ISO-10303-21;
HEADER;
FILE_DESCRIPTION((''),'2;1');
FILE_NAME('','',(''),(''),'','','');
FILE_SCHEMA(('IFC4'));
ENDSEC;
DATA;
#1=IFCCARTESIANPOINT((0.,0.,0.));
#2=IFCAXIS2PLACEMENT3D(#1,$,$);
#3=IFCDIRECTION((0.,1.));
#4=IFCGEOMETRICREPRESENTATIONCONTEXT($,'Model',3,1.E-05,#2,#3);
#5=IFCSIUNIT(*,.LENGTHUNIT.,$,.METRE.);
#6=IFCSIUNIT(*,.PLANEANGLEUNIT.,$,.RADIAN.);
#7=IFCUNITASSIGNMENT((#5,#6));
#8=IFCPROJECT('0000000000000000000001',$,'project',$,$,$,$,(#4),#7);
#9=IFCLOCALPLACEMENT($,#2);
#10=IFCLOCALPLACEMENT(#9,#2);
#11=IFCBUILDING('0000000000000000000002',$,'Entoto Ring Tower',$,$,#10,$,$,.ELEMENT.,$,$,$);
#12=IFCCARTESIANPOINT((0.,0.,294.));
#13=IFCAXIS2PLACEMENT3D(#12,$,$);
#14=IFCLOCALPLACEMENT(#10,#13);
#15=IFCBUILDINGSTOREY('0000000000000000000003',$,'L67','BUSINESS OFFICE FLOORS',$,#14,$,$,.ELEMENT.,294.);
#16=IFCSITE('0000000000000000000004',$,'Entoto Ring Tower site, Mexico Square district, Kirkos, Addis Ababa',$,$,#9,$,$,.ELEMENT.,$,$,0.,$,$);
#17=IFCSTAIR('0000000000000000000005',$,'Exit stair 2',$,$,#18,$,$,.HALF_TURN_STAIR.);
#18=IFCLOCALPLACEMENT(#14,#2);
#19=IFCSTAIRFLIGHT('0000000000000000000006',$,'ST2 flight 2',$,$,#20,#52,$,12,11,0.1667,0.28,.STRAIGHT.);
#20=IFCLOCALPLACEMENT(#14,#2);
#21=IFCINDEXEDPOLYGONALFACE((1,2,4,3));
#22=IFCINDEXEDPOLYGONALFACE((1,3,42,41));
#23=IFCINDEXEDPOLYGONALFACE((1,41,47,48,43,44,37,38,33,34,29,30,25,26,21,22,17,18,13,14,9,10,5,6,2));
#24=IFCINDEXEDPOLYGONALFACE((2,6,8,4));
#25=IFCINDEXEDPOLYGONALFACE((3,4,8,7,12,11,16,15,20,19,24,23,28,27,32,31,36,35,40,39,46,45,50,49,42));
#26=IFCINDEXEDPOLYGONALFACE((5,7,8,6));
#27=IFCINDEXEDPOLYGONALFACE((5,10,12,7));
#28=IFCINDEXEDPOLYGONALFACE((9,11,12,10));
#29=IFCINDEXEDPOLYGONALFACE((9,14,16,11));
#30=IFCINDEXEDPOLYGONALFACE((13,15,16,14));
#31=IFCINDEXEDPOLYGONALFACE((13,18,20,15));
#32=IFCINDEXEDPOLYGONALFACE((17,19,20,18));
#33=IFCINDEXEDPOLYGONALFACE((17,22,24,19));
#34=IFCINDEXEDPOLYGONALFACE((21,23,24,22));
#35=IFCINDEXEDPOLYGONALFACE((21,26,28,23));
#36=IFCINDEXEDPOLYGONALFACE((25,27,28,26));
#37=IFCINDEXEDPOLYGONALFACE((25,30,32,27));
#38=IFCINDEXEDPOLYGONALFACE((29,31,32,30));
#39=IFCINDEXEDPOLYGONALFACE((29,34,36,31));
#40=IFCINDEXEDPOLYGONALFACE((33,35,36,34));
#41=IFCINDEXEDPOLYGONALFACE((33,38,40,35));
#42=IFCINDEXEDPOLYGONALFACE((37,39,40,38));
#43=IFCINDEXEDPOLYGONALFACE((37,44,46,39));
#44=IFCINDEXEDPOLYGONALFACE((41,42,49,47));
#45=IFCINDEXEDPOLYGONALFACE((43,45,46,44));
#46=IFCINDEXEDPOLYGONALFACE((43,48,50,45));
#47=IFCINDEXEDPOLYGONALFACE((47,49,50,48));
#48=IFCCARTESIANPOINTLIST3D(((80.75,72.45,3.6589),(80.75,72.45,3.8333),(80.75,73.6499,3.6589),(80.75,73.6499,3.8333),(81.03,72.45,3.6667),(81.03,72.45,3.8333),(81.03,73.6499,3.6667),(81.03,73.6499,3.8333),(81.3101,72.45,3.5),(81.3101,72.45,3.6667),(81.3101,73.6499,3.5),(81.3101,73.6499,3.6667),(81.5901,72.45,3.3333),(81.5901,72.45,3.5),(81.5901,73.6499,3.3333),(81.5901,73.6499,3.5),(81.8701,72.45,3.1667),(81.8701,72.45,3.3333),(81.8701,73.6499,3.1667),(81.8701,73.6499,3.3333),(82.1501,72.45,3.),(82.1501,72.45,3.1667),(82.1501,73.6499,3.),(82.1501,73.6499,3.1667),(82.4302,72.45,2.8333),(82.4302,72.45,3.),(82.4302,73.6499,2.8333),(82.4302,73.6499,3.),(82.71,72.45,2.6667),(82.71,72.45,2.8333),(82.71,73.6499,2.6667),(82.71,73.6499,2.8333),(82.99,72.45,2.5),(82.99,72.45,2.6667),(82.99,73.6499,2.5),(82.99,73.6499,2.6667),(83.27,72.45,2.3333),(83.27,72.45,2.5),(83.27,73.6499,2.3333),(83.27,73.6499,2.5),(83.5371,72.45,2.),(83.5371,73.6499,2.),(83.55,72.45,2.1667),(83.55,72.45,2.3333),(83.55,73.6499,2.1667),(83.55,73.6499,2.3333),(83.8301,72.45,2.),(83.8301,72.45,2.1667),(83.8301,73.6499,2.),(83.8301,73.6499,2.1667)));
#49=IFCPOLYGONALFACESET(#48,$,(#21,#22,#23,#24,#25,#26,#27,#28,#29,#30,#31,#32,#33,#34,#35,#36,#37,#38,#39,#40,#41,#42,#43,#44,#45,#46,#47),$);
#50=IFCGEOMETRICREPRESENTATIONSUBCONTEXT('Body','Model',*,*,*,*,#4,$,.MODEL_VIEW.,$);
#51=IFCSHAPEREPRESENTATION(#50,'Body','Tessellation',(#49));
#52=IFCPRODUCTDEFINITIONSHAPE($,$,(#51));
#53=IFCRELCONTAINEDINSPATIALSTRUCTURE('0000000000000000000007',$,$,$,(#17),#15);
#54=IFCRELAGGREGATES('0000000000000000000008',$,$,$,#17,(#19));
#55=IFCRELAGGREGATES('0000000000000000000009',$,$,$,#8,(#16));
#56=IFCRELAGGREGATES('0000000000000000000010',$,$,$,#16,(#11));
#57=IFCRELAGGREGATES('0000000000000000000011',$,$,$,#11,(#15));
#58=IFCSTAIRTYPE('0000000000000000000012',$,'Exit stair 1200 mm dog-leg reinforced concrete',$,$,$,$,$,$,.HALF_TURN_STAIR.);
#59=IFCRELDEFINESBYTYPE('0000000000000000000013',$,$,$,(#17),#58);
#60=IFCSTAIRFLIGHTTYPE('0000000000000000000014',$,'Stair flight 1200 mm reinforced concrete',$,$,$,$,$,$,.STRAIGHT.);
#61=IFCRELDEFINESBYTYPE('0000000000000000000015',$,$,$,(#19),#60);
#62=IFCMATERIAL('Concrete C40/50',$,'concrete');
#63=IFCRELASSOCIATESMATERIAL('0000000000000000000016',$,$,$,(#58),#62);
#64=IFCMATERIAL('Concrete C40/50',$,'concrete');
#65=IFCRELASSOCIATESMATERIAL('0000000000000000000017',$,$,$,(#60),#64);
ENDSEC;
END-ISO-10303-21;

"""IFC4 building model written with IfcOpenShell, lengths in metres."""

from ifc_helpers import new_model, si_unit, direction, frame, origin, place, context, subcontext, project, spatial, polyline, outline, extrude, material, type_object, element, aggregate, save


model = new_model("IFC4")

# Units and contexts
model_context = context("Model", 3, precision=1e-05, world=origin(), true_north=direction((0.0, 1.0)))
body_context = subcontext(model_context, "Body", "Model", "MODEL_VIEW")
ifc_project = project(units=[si_unit("LENGTHUNIT", "METRE"), si_unit("PLANEANGLEUNIT", "RADIAN")], contexts=[model_context])

# Site, building, storey
site_placement = place(None, origin())
site = spatial("IfcSite", under=ifc_project, at=site_placement, Name="Entoto Ring Tower site, Mexico Square district, Kirkos, Addis Ababa", CompositionType="ELEMENT", RefElevation=0.0)
building_placement = place(site_placement, origin())
building = spatial("IfcBuilding", under=site, at=building_placement, Name="Entoto Ring Tower", CompositionType="ELEMENT")
storey_placement = place(building_placement, frame((0.0, 0.0, 294.0)))
storey = spatial("IfcBuildingStorey", under=building, at=storey_placement, Name="L67", Description="BUSINESS OFFICE FLOORS", CompositionType="ELEMENT", Elevation=294.0)

# Stair, stair flight
ifc_material_1 = material(Name="Concrete C40/50", Category="concrete")
stair_type = type_object("IfcStairType", Name="Exit stair 1200 mm dog-leg reinforced concrete", PredefinedType="HALF_TURN_STAIR", material=ifc_material_1)
stair_placement = place(storey_placement, origin())
stair = element("IfcStair", 1, at=stair_placement, inside=storey, type_object=stair_type, Name="Exit stair 2", PredefinedType="HALF_TURN_STAIR")
ifc_material_2 = material(Name="Concrete C40/50", Category="concrete")
stair_flight_type = type_object("IfcStairFlightType", Name="Stair flight 1200 mm reinforced concrete", PredefinedType="STRAIGHT", material=ifc_material_2)
stair_flight_1_placement = place(storey_placement, frame((83.8301, 73.05, 2.0), z_axis=(0.0, 0.0, 1.0), x_axis=(-1.0, 0.0, 0.0)))
stair_flight_1 = element("IfcStairFlight", 2, at=stair_flight_1_placement, type_object=stair_flight_type, Name="ST2 flight 2", NumberOfRisers=12, NumberOfTreads=11, PredefinedType="STRAIGHT", RiserHeight=0.1667, TreadLength=0.28, context=body_context, shape_type="SweptSolid", body=[
    extrude(outline(polyline([(0.0, 0.0), (0.0, 0.1667), (0.28, 0.1667), (0.28, 0.3333), (0.5601, 0.3333), (0.5601, 0.5), (0.8401, 0.5), (0.8401, 0.6667), (1.1201, 0.6667), (1.1201, 0.8333), (1.3999, 0.8333), (1.3999, 1.0), (1.6799, 1.0), (1.6799, 1.1667), (1.96, 1.1667), (1.96, 1.3333), (2.24, 1.3333), (2.24, 1.5), (2.52, 1.5), (2.52, 1.6667), (2.8, 1.6667), (2.8, 1.8333), (3.0801, 1.8333), (3.0801, 2.0), (3.0801, 1.6589), (0.293, 0.0), (0.0, 0.0)])), frame((0.0, 0.6001, 0.0), z_axis=(0.0, -1.0, 0.0), x_axis=(1.0, 0.0, 0.0)), (0.0, 0.0, 1.0), 1.2),
])
aggregate(stair, [stair_flight_1])

save(model, "model.ifc")
